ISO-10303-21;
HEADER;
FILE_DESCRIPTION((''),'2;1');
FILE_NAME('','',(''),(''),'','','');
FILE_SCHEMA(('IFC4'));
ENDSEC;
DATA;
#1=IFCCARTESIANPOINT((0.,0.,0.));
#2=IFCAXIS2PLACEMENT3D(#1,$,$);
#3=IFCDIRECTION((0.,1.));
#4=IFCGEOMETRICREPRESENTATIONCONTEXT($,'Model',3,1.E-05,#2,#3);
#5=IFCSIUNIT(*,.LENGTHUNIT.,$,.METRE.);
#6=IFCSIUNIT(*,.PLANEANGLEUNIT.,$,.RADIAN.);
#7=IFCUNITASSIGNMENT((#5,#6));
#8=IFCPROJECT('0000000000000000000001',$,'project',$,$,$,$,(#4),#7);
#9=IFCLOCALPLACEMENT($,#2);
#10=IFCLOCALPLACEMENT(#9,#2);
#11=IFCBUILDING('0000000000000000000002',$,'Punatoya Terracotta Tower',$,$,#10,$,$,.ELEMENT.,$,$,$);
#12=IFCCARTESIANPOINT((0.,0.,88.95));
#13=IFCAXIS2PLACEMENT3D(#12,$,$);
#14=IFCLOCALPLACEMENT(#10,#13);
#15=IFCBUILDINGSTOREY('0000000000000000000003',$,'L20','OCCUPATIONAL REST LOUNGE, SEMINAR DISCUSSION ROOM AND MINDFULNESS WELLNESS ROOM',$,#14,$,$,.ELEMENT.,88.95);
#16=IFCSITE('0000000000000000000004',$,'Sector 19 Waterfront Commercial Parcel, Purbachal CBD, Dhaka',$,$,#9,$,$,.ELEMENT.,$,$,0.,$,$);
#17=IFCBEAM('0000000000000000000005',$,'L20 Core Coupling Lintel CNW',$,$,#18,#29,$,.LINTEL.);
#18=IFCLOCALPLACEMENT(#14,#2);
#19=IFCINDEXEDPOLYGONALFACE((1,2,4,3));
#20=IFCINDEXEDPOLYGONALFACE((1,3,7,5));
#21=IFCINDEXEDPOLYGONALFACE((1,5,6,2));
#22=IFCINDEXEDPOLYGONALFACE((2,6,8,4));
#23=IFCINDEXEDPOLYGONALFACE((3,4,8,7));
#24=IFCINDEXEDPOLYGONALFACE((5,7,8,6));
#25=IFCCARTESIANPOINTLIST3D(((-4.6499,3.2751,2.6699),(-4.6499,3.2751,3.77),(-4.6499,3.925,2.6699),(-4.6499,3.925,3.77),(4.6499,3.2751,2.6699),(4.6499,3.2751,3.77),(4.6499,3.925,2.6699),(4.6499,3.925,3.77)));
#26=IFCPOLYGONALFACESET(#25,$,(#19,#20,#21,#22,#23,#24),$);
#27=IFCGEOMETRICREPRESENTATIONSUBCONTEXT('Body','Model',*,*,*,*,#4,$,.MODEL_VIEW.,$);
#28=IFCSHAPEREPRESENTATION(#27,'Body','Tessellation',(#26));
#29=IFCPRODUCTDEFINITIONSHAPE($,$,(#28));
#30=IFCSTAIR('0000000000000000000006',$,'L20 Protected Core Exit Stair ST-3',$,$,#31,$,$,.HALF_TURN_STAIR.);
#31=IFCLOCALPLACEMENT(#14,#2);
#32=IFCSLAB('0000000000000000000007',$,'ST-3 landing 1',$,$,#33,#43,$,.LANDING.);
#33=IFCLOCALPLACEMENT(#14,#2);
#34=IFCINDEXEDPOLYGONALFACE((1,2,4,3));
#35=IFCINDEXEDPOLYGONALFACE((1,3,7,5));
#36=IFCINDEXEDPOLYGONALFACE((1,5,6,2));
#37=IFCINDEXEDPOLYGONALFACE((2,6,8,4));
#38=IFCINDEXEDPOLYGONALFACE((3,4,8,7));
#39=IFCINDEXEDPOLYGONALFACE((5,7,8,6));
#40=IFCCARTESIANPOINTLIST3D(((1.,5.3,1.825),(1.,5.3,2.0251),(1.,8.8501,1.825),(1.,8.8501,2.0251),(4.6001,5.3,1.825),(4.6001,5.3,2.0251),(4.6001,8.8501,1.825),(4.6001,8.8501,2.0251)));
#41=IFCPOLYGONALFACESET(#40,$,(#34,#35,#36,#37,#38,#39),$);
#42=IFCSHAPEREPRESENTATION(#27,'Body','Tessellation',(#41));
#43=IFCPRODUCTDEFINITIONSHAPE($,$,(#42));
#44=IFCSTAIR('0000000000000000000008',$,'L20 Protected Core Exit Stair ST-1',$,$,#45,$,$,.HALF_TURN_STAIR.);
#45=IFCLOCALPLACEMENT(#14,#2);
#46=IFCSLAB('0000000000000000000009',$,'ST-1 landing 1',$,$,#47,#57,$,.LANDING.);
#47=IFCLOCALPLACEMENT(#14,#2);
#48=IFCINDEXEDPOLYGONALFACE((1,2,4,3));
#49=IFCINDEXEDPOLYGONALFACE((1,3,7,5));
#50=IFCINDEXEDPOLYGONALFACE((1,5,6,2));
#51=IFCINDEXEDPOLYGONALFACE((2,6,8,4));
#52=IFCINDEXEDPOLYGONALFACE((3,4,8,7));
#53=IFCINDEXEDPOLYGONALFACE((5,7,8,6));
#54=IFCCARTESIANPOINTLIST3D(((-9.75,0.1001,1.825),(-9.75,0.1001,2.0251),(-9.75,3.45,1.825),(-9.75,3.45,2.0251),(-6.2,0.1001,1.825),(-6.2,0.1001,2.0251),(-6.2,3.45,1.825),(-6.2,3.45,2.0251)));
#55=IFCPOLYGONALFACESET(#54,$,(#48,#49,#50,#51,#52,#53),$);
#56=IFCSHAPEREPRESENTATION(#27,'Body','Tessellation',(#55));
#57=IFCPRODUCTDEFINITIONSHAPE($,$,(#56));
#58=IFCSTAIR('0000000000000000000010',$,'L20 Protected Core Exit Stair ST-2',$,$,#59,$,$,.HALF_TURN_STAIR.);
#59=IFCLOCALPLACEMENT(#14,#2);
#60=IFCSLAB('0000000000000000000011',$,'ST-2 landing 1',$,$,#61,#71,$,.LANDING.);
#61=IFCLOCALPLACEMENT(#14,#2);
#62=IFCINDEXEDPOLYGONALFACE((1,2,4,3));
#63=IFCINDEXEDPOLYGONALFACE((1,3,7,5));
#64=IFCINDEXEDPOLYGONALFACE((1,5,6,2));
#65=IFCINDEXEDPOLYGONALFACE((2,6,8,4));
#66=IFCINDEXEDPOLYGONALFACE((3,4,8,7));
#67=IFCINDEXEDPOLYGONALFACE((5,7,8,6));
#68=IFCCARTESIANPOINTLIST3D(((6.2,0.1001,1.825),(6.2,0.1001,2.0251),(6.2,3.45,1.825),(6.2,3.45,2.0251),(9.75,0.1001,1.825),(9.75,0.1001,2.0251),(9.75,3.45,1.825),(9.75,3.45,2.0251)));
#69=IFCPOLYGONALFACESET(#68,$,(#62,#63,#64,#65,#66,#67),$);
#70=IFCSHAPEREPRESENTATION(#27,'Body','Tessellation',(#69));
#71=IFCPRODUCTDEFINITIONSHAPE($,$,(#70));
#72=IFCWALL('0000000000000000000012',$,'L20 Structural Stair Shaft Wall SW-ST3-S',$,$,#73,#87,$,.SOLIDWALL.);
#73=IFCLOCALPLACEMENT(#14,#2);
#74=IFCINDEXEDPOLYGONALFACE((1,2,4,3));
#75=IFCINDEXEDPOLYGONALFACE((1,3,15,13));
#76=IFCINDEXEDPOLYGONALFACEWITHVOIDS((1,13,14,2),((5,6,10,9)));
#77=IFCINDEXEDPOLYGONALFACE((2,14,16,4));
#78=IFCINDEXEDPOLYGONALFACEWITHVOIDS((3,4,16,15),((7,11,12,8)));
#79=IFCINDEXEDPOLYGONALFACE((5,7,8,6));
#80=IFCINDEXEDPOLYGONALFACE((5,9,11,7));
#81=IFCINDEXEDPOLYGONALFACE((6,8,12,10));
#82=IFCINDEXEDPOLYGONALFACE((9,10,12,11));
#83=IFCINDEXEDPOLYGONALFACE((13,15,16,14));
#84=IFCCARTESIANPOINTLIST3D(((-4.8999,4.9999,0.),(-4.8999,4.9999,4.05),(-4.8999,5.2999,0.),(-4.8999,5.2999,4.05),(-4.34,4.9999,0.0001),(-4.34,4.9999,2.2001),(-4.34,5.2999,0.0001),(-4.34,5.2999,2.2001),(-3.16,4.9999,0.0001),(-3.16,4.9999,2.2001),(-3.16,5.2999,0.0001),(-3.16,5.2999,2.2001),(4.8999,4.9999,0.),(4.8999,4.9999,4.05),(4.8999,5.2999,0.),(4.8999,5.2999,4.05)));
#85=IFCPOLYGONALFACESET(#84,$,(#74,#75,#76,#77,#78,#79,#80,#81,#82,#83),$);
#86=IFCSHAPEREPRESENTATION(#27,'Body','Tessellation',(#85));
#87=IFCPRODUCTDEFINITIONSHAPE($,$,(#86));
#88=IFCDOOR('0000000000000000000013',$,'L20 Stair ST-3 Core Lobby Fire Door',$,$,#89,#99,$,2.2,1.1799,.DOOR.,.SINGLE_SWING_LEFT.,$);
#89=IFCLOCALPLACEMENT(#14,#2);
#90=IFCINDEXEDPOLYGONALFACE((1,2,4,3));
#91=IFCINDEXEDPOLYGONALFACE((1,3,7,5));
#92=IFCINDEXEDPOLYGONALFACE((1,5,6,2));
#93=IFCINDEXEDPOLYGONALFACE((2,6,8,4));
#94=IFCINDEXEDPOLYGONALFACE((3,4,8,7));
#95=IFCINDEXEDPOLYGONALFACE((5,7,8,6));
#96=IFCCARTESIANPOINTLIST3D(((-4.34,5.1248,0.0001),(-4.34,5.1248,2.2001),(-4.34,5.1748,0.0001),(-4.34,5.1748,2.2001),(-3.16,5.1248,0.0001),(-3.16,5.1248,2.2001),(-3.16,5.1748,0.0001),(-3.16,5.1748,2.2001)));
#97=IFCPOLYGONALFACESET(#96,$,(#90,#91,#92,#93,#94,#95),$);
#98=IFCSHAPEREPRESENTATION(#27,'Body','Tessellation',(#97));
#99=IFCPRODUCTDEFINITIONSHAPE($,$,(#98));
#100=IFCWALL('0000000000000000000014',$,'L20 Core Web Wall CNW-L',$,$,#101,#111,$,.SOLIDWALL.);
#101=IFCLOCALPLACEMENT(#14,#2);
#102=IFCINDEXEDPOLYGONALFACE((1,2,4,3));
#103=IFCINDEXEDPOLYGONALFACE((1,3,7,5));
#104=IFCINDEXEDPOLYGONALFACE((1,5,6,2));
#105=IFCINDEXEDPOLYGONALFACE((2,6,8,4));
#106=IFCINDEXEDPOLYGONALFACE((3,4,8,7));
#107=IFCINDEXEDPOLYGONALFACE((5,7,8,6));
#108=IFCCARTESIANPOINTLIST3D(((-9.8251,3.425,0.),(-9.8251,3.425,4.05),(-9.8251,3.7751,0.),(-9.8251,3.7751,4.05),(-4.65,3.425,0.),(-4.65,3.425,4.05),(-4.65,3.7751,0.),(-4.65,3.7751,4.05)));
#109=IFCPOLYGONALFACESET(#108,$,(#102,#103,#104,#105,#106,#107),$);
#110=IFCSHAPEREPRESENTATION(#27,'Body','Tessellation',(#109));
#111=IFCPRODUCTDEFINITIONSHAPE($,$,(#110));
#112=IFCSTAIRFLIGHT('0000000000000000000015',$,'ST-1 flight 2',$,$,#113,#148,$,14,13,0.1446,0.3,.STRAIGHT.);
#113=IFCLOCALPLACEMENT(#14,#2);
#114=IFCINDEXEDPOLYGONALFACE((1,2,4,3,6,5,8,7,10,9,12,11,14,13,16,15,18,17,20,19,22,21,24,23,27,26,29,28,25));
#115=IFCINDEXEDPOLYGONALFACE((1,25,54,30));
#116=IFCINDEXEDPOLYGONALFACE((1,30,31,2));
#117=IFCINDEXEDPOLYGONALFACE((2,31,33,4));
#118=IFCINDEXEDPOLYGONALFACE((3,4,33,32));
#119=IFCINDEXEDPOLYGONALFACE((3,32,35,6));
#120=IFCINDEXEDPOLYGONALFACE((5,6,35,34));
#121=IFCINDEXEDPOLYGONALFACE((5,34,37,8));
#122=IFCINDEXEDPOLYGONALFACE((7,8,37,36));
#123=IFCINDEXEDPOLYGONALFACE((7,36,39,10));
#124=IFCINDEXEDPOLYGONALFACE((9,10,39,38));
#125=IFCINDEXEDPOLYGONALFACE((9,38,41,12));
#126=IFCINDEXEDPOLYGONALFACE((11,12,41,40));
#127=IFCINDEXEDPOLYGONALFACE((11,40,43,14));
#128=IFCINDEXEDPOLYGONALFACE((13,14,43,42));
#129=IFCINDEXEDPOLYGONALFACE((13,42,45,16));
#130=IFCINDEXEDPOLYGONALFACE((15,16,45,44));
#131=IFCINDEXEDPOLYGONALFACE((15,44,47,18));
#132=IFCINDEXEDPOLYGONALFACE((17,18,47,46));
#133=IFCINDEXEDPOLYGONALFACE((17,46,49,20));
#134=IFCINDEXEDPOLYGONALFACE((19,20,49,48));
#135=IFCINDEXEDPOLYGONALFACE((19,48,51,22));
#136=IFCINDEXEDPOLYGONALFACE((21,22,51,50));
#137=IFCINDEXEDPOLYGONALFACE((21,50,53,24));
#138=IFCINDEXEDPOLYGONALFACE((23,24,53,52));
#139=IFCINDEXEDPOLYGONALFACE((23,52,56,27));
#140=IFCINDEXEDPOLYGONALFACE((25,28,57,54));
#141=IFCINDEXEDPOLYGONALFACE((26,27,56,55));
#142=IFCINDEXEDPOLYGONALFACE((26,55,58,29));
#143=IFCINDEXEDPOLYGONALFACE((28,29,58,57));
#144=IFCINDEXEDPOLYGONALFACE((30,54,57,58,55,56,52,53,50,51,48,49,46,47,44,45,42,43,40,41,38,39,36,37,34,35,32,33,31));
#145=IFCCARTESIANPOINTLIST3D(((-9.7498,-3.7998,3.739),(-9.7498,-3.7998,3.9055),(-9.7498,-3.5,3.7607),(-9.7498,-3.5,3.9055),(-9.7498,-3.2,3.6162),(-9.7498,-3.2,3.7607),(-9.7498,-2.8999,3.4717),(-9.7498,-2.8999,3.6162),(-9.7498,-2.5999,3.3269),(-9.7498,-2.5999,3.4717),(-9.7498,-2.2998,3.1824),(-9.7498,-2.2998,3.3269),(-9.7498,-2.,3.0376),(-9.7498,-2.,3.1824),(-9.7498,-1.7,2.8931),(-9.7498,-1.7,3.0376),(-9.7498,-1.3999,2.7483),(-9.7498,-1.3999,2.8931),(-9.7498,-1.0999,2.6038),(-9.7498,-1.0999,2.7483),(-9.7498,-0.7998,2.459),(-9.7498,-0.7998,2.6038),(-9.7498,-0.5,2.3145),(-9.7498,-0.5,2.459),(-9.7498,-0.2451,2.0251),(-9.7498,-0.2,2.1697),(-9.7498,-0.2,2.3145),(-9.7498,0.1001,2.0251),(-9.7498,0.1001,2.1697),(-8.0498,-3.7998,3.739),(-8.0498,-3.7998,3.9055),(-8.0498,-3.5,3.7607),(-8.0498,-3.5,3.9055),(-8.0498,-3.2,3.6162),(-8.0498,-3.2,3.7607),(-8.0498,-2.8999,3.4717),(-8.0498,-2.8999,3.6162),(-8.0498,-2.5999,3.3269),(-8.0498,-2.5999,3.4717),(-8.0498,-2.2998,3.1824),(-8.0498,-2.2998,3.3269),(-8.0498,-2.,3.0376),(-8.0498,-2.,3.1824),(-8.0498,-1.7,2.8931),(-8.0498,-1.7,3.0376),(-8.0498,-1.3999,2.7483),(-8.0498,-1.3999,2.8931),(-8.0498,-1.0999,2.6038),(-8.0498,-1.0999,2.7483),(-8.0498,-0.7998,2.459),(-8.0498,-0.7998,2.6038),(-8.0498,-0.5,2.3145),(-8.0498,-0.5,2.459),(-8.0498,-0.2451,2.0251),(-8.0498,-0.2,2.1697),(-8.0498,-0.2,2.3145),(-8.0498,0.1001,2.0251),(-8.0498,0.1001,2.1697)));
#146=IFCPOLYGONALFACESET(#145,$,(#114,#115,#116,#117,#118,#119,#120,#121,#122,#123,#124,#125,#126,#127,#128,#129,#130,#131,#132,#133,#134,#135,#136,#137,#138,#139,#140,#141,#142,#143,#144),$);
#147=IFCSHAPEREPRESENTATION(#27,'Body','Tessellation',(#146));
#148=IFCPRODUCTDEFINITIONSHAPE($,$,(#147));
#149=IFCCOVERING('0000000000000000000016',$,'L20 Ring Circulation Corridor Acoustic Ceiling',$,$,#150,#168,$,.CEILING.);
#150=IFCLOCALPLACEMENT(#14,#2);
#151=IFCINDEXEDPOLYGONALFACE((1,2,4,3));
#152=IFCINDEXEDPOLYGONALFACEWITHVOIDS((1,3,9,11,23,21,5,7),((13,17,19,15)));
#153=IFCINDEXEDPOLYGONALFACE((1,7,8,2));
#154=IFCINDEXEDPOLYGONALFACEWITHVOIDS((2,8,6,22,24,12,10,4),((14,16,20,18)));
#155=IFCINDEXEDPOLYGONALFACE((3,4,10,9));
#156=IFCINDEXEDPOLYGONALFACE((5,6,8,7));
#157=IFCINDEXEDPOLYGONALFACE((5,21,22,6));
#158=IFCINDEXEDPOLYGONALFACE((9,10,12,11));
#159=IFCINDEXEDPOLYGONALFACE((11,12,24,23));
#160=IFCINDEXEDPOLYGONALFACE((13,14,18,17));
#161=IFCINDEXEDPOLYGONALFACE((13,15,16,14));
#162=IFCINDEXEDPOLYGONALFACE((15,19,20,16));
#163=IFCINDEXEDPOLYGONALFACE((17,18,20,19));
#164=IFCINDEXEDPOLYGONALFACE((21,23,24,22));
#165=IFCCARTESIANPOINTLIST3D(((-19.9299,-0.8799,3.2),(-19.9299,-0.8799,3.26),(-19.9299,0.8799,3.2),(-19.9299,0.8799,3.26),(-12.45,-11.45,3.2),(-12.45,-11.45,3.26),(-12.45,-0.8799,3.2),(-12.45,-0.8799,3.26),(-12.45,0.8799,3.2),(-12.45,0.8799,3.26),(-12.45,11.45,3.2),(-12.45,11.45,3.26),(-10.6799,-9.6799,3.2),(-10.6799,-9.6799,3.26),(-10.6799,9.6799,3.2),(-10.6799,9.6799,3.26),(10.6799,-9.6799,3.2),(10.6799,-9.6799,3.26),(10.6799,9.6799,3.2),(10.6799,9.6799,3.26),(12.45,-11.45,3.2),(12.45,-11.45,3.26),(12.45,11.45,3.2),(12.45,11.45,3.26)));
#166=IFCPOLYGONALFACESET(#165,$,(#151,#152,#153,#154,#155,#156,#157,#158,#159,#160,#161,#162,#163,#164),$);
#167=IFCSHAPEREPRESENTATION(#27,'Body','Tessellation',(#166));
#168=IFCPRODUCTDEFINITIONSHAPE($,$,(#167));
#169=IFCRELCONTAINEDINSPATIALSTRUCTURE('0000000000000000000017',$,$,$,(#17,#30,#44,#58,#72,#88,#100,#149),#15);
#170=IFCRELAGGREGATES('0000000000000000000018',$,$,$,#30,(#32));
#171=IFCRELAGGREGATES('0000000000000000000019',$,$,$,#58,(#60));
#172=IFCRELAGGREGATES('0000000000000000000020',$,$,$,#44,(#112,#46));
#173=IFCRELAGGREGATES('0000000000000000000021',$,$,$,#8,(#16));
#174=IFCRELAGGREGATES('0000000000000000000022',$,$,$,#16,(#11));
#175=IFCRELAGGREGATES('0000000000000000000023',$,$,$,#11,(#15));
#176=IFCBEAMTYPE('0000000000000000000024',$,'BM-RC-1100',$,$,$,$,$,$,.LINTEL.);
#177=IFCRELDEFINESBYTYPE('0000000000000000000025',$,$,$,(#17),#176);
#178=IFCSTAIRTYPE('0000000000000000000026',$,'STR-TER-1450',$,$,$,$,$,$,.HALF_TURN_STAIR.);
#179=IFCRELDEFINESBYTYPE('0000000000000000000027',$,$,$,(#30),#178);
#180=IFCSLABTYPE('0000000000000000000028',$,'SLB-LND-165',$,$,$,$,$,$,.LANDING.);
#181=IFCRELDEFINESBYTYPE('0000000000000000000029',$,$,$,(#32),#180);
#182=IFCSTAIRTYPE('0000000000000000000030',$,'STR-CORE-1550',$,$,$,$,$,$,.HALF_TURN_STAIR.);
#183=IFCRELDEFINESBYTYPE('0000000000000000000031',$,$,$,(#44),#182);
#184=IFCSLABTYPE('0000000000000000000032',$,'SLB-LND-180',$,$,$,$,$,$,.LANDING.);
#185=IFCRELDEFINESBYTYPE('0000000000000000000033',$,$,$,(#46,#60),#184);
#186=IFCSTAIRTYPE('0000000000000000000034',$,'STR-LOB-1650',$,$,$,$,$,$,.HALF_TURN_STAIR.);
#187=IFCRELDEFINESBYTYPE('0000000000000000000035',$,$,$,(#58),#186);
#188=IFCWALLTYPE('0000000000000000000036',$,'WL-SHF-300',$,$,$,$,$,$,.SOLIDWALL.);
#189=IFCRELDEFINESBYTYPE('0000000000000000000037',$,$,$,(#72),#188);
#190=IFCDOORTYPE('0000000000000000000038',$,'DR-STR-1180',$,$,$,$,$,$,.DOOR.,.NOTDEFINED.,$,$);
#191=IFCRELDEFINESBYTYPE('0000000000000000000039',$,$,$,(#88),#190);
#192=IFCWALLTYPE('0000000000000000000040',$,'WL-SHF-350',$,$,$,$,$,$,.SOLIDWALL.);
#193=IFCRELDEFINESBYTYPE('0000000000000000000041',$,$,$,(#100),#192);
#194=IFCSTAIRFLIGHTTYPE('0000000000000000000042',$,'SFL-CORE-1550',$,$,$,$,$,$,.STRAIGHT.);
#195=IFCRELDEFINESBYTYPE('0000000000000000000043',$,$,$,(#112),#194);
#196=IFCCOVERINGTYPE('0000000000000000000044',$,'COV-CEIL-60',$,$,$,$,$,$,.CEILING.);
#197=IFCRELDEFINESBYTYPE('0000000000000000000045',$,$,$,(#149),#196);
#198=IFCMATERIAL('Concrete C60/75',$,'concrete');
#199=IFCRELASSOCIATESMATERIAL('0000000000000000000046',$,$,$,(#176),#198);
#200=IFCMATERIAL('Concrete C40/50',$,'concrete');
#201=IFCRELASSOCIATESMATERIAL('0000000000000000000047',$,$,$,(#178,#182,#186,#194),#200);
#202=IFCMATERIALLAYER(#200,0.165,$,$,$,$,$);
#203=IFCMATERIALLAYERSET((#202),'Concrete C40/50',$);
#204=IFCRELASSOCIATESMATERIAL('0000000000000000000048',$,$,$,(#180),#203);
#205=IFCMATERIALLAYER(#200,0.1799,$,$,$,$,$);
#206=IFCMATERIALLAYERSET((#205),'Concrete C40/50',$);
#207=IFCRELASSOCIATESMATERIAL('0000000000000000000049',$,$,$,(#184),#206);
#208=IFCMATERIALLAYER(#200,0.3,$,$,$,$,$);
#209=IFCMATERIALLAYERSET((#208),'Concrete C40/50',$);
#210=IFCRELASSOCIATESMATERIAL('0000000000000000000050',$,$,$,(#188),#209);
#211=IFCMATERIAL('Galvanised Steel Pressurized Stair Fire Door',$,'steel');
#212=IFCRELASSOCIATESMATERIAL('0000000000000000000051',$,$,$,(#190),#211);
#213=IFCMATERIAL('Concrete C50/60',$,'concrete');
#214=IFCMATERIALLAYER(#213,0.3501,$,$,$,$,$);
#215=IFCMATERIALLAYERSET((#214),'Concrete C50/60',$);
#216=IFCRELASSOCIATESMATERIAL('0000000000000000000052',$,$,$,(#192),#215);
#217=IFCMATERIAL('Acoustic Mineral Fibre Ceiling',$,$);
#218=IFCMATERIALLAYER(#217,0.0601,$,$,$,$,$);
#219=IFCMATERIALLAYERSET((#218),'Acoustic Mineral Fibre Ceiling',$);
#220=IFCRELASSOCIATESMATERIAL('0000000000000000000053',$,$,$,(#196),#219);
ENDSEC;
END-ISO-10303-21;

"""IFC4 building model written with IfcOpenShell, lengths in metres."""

from ifc_helpers import new_model, si_unit, direction, frame, frame_2d, origin, origin_2d, place, context, subcontext, project, spatial, polyline, rectangle, outline, extrude, material, layer, layer_set, material_profile, profile_set, type_object, element, fill, aggregate, save


model = new_model("IFC4")

# Units and contexts
model_context = context("Model", 3, precision=1e-05, world=origin(), true_north=direction((0.0, 1.0)))
body_context = subcontext(model_context, "Body", "Model", "MODEL_VIEW")
ifc_project = project(units=[si_unit("LENGTHUNIT", "METRE"), si_unit("PLANEANGLEUNIT", "RADIAN")], contexts=[model_context])

# Site, building, storey
site_placement = place(None, origin())
site = spatial("IfcSite", under=ifc_project, at=site_placement, Name="Sector 19 Waterfront Commercial Parcel, Purbachal CBD, Dhaka", CompositionType="ELEMENT", RefElevation=0.0)
building_placement = place(site_placement, origin())
building = spatial("IfcBuilding", under=site, at=building_placement, Name="Punatoya Terracotta Tower", CompositionType="ELEMENT")
storey_placement = place(building_placement, frame((0.0, 0.0, 88.95)))
storey = spatial("IfcBuildingStorey", under=building, at=storey_placement, Name="L20", Description="OCCUPATIONAL REST LOUNGE, SEMINAR DISCUSSION ROOM AND MINDFULNESS WELLNESS ROOM", CompositionType="ELEMENT", Elevation=88.95)

# Beam
ifc_material_1 = material(Name="Concrete C60/75", Category="concrete")
ifc_material_profile = material_profile(ifc_material_1, rectangle(XDim=0.6499, YDim=1.1001, at=origin_2d()))
ifc_profile_set = profile_set([ifc_material_profile], Name="Concrete C60/75")
beam_type = type_object("IfcBeamType", Name="BM-RC-1100", PredefinedType="LINTEL", material=ifc_profile_set)
beam_placement = place(storey_placement, frame((-4.6499, 3.6001, 3.22), z_axis=(1.0, 0.0, 0.0), x_axis=(0.0, 1.0, 0.0)))
element("IfcBeam", 1, at=beam_placement, inside=storey, type_object=beam_type, Name="L20 Core Coupling Lintel CNW", PredefinedType="LINTEL", context=body_context, shape_type="SweptSolid", body=[
    extrude(rectangle(XDim=0.6499, YDim=1.1001, at=origin_2d()), origin(), (0.0, 0.0, 1.0), 9.2998),
])

# Stairs, slabs
ifc_material_2 = material(Name="Concrete C40/50", Category="concrete")
stair_type_1 = type_object("IfcStairType", Name="STR-TER-1450", PredefinedType="HALF_TURN_STAIR", material=ifc_material_2)
stair_1_placement = place(storey_placement, origin())
stair_1 = element("IfcStair", 2, at=stair_1_placement, inside=storey, type_object=stair_type_1, Name="L20 Protected Core Exit Stair ST-3", PredefinedType="HALF_TURN_STAIR")
ifc_layer_1 = layer(ifc_material_2, 0.165)
ifc_layer_set_1 = layer_set([ifc_layer_1], Name="Concrete C40/50")
slab_type_1 = type_object("IfcSlabType", Name="SLB-LND-165", PredefinedType="LANDING", material=ifc_layer_set_1)
slab_1_placement = place(storey_placement, frame((0.0, 0.0, 1.825)))
slab_1 = element("IfcSlab", 3, at=slab_1_placement, type_object=slab_type_1, Name="ST-3 landing 1", PredefinedType="LANDING", context=body_context, shape_type="SweptSolid", body=[
    extrude(outline(polyline([(1.0, 5.3), (4.6001, 5.3), (4.6001, 8.8501), (1.0, 8.8501), (1.0, 5.3)])), origin(), (0.0, 0.0, 1.0), 0.2002),
])
aggregate(stair_1, [slab_1])
stair_type_2 = type_object("IfcStairType", Name="STR-CORE-1550", PredefinedType="HALF_TURN_STAIR", material=ifc_material_2)
stair_2_placement = place(storey_placement, origin())
stair_2 = element("IfcStair", 4, at=stair_2_placement, inside=storey, type_object=stair_type_2, Name="L20 Protected Core Exit Stair ST-1", PredefinedType="HALF_TURN_STAIR")
ifc_layer_2 = layer(ifc_material_2, 0.1799)
ifc_layer_set_2 = layer_set([ifc_layer_2], Name="Concrete C40/50")
slab_type_2 = type_object("IfcSlabType", Name="SLB-LND-180", PredefinedType="LANDING", material=ifc_layer_set_2)
slab_2_placement = place(storey_placement, frame((0.0, 0.0, 1.825)))
slab_2 = element("IfcSlab", 5, at=slab_2_placement, type_object=slab_type_2, Name="ST-1 landing 1", PredefinedType="LANDING", context=body_context, shape_type="SweptSolid", body=[
    extrude(outline(polyline([(-6.2, 0.1001), (-6.2, 3.45), (-9.75, 3.45), (-9.75, 0.1001), (-6.2, 0.1001)])), origin(), (0.0, 0.0, 1.0), 0.2002),
])
stair_type_3 = type_object("IfcStairType", Name="STR-LOB-1650", PredefinedType="HALF_TURN_STAIR", material=ifc_material_2)
stair_3_placement = place(storey_placement, origin())
stair_3 = element("IfcStair", 6, at=stair_3_placement, inside=storey, type_object=stair_type_3, Name="L20 Protected Core Exit Stair ST-2", PredefinedType="HALF_TURN_STAIR")
slab_3_placement = place(storey_placement, frame((0.0, 0.0, 1.825)))
slab_3 = element("IfcSlab", 7, at=slab_3_placement, type_object=slab_type_2, Name="ST-2 landing 1", PredefinedType="LANDING", context=body_context, shape_type="SweptSolid", body=[
    extrude(outline(polyline([(9.75, 0.1001), (9.75, 3.45), (6.2, 3.45), (6.2, 0.1001), (9.75, 0.1001)])), origin(), (0.0, 0.0, 1.0), 0.2002),
])
aggregate(stair_3, [slab_3])

# Wall, opening, door
ifc_layer_3 = layer(ifc_material_2, 0.3)
ifc_layer_set_3 = layer_set([ifc_layer_3], Name="Concrete C40/50")
wall_type_1 = type_object("IfcWallType", Name="WL-SHF-300", PredefinedType="SOLIDWALL", material=ifc_layer_set_3)
wall_1_placement = place(storey_placement, frame((-4.8999, 5.1499, 0.0), z_axis=(0.0, 0.0, 1.0), x_axis=(1.0, 0.0, 0.0)))
wall_1 = element("IfcWall", 8, at=wall_1_placement, inside=storey, type_object=wall_type_1, Name="L20 Structural Stair Shaft Wall SW-ST3-S", PredefinedType="SOLIDWALL", context=body_context, shape_type="SweptSolid", body=[
    extrude(rectangle(XDim=9.7998, YDim=0.3, at=frame_2d((4.8999, 0.0))), origin(), (0.0, 0.0, 1.0), 4.05),
])
opening_placement = place(wall_1_placement, frame((0.5601, 0.0, 0.0)))
opening = element("IfcOpeningElement", 9, at=opening_placement, cuts=wall_1, PredefinedType="OPENING", context=body_context, shape_type="SweptSolid", body=[
    extrude(rectangle(XDim=1.1799, YDim=2.2, at=frame_2d((0.5898, 1.1001))), frame((0.0, 0.1599, 0.0), z_axis=(0.0, -1.0, 0.0), x_axis=(1.0, 0.0, 0.0)), (0.0, 0.0, 1.0), 0.3201),
])
ifc_material_3 = material(Name="Galvanised Steel Pressurized Stair Fire Door", Category="steel")
door_type = type_object("IfcDoorType", Name="DR-STR-1180", OperationType="NOTDEFINED", PredefinedType="DOOR", material=ifc_material_3)
door_placement = place(opening_placement, origin())
door = element("IfcDoor", 10, at=door_placement, inside=storey, type_object=door_type, Name="L20 Stair ST-3 Core Lobby Fire Door", OperationType="SINGLE_SWING_LEFT", OverallHeight=2.2, OverallWidth=1.1799, PredefinedType="DOOR", context=body_context, shape_type="SweptSolid", body=[
    extrude(rectangle(XDim=1.1799, YDim=2.2, at=frame_2d((0.5898, 1.1001))), frame((0.0, 0.0249, 0.0), z_axis=(0.0, -1.0, 0.0), x_axis=(1.0, 0.0, 0.0)), (0.0, 0.0, 1.0), 0.05),
])
fill(opening, door)

# Wall
ifc_material_4 = material(Name="Concrete C50/60", Category="concrete")
ifc_layer_4 = layer(ifc_material_4, 0.3501)
ifc_layer_set_4 = layer_set([ifc_layer_4], Name="Concrete C50/60")
wall_type_2 = type_object("IfcWallType", Name="WL-SHF-350", PredefinedType="SOLIDWALL", material=ifc_layer_set_4)
wall_2_placement = place(storey_placement, frame((-9.825, 3.6001, 0.0), z_axis=(0.0, 0.0, 1.0), x_axis=(1.0, 0.0, 0.0)))
element("IfcWall", 11, at=wall_2_placement, inside=storey, type_object=wall_type_2, Name="L20 Core Web Wall CNW-L", PredefinedType="SOLIDWALL", context=body_context, shape_type="SweptSolid", body=[
    extrude(rectangle(XDim=5.175, YDim=0.3501, at=frame_2d((2.5874, 0.0))), origin(), (0.0, 0.0, 1.0), 4.05),
])

# Stair flight
stair_flight_type = type_object("IfcStairFlightType", Name="SFL-CORE-1550", PredefinedType="STRAIGHT", material=ifc_material_2)
stair_flight_placement = place(storey_placement, frame((-8.8999, 0.1001, 2.0251), z_axis=(0.0, 0.0, 1.0), x_axis=(0.0, -1.0, 0.0)))
stair_flight = element("IfcStairFlight", 12, at=stair_flight_placement, type_object=stair_flight_type, Name="ST-1 flight 2", NumberOfRisers=14, NumberOfTreads=13, PredefinedType="STRAIGHT", RiserHeight=0.1446, TreadLength=0.3, context=body_context, shape_type="SweptSolid", body=[
    extrude(outline(polyline([(0.0, 0.0), (0.0, 0.1445), (0.3, 0.1445), (0.3, 0.2893), (0.6001, 0.2893), (0.6001, 0.4338), (0.8999, 0.4338), (0.8999, 0.5786), (1.2, 0.5786), (1.2, 0.7231), (1.5, 0.7231), (1.5, 0.8679), (1.8, 0.8679), (1.8, 1.0125), (2.1001, 1.0125), (2.1001, 1.1572), (2.3999, 1.1572), (2.3999, 1.3018), (2.7, 1.3018), (2.7, 1.4465), (3.0, 1.4465), (3.0, 1.5911), (3.3, 1.5911), (3.3, 1.7356), (3.6001, 1.7356), (3.6001, 1.8804), (3.8999, 1.8804), (3.8999, 2.0249), (3.8999, 1.7139), (0.3452, 0.0), (0.0, 0.0)])), frame((0.0, 0.8501, 0.0), z_axis=(0.0, -1.0, 0.0), x_axis=(1.0, 0.0, 0.0)), (0.0, 0.0, 1.0), 1.7),
])
aggregate(stair_2, [stair_flight, slab_2])

# Covering
ifc_material_5 = material(Name="Acoustic Mineral Fibre Ceiling")
ifc_layer_5 = layer(ifc_material_5, 0.0601)
ifc_layer_set_5 = layer_set([ifc_layer_5], Name="Acoustic Mineral Fibre Ceiling")
covering_type = type_object("IfcCoveringType", Name="COV-CEIL-60", PredefinedType="CEILING", material=ifc_layer_set_5)
covering_1_placement = place(storey_placement, frame((0.0, 0.0, 3.2)))
element("IfcCovering", 13, at=covering_1_placement, inside=storey, type_object=covering_type, Name="L20 Ring Circulation Corridor Acoustic Ceiling", PredefinedType="CEILING", context=body_context, shape_type="SweptSolid", body=[
    extrude(outline(polyline([(-12.45, -11.45), (12.45, -11.45), (12.45, 11.45), (-12.45, 11.45), (-12.45, 0.8799), (-19.9299, 0.8799), (-19.9299, -0.8799), (-12.45, -0.8799), (-12.45, -11.45)]), holes=[polyline([(-10.6799, -9.6799), (-10.6799, 9.6799), (10.6799, 9.6799), (10.6799, -9.6799), (-10.6799, -9.6799)])]), origin(), (0.0, 0.0, 1.0), 0.0601),
])

save(model, "model.ifc")
